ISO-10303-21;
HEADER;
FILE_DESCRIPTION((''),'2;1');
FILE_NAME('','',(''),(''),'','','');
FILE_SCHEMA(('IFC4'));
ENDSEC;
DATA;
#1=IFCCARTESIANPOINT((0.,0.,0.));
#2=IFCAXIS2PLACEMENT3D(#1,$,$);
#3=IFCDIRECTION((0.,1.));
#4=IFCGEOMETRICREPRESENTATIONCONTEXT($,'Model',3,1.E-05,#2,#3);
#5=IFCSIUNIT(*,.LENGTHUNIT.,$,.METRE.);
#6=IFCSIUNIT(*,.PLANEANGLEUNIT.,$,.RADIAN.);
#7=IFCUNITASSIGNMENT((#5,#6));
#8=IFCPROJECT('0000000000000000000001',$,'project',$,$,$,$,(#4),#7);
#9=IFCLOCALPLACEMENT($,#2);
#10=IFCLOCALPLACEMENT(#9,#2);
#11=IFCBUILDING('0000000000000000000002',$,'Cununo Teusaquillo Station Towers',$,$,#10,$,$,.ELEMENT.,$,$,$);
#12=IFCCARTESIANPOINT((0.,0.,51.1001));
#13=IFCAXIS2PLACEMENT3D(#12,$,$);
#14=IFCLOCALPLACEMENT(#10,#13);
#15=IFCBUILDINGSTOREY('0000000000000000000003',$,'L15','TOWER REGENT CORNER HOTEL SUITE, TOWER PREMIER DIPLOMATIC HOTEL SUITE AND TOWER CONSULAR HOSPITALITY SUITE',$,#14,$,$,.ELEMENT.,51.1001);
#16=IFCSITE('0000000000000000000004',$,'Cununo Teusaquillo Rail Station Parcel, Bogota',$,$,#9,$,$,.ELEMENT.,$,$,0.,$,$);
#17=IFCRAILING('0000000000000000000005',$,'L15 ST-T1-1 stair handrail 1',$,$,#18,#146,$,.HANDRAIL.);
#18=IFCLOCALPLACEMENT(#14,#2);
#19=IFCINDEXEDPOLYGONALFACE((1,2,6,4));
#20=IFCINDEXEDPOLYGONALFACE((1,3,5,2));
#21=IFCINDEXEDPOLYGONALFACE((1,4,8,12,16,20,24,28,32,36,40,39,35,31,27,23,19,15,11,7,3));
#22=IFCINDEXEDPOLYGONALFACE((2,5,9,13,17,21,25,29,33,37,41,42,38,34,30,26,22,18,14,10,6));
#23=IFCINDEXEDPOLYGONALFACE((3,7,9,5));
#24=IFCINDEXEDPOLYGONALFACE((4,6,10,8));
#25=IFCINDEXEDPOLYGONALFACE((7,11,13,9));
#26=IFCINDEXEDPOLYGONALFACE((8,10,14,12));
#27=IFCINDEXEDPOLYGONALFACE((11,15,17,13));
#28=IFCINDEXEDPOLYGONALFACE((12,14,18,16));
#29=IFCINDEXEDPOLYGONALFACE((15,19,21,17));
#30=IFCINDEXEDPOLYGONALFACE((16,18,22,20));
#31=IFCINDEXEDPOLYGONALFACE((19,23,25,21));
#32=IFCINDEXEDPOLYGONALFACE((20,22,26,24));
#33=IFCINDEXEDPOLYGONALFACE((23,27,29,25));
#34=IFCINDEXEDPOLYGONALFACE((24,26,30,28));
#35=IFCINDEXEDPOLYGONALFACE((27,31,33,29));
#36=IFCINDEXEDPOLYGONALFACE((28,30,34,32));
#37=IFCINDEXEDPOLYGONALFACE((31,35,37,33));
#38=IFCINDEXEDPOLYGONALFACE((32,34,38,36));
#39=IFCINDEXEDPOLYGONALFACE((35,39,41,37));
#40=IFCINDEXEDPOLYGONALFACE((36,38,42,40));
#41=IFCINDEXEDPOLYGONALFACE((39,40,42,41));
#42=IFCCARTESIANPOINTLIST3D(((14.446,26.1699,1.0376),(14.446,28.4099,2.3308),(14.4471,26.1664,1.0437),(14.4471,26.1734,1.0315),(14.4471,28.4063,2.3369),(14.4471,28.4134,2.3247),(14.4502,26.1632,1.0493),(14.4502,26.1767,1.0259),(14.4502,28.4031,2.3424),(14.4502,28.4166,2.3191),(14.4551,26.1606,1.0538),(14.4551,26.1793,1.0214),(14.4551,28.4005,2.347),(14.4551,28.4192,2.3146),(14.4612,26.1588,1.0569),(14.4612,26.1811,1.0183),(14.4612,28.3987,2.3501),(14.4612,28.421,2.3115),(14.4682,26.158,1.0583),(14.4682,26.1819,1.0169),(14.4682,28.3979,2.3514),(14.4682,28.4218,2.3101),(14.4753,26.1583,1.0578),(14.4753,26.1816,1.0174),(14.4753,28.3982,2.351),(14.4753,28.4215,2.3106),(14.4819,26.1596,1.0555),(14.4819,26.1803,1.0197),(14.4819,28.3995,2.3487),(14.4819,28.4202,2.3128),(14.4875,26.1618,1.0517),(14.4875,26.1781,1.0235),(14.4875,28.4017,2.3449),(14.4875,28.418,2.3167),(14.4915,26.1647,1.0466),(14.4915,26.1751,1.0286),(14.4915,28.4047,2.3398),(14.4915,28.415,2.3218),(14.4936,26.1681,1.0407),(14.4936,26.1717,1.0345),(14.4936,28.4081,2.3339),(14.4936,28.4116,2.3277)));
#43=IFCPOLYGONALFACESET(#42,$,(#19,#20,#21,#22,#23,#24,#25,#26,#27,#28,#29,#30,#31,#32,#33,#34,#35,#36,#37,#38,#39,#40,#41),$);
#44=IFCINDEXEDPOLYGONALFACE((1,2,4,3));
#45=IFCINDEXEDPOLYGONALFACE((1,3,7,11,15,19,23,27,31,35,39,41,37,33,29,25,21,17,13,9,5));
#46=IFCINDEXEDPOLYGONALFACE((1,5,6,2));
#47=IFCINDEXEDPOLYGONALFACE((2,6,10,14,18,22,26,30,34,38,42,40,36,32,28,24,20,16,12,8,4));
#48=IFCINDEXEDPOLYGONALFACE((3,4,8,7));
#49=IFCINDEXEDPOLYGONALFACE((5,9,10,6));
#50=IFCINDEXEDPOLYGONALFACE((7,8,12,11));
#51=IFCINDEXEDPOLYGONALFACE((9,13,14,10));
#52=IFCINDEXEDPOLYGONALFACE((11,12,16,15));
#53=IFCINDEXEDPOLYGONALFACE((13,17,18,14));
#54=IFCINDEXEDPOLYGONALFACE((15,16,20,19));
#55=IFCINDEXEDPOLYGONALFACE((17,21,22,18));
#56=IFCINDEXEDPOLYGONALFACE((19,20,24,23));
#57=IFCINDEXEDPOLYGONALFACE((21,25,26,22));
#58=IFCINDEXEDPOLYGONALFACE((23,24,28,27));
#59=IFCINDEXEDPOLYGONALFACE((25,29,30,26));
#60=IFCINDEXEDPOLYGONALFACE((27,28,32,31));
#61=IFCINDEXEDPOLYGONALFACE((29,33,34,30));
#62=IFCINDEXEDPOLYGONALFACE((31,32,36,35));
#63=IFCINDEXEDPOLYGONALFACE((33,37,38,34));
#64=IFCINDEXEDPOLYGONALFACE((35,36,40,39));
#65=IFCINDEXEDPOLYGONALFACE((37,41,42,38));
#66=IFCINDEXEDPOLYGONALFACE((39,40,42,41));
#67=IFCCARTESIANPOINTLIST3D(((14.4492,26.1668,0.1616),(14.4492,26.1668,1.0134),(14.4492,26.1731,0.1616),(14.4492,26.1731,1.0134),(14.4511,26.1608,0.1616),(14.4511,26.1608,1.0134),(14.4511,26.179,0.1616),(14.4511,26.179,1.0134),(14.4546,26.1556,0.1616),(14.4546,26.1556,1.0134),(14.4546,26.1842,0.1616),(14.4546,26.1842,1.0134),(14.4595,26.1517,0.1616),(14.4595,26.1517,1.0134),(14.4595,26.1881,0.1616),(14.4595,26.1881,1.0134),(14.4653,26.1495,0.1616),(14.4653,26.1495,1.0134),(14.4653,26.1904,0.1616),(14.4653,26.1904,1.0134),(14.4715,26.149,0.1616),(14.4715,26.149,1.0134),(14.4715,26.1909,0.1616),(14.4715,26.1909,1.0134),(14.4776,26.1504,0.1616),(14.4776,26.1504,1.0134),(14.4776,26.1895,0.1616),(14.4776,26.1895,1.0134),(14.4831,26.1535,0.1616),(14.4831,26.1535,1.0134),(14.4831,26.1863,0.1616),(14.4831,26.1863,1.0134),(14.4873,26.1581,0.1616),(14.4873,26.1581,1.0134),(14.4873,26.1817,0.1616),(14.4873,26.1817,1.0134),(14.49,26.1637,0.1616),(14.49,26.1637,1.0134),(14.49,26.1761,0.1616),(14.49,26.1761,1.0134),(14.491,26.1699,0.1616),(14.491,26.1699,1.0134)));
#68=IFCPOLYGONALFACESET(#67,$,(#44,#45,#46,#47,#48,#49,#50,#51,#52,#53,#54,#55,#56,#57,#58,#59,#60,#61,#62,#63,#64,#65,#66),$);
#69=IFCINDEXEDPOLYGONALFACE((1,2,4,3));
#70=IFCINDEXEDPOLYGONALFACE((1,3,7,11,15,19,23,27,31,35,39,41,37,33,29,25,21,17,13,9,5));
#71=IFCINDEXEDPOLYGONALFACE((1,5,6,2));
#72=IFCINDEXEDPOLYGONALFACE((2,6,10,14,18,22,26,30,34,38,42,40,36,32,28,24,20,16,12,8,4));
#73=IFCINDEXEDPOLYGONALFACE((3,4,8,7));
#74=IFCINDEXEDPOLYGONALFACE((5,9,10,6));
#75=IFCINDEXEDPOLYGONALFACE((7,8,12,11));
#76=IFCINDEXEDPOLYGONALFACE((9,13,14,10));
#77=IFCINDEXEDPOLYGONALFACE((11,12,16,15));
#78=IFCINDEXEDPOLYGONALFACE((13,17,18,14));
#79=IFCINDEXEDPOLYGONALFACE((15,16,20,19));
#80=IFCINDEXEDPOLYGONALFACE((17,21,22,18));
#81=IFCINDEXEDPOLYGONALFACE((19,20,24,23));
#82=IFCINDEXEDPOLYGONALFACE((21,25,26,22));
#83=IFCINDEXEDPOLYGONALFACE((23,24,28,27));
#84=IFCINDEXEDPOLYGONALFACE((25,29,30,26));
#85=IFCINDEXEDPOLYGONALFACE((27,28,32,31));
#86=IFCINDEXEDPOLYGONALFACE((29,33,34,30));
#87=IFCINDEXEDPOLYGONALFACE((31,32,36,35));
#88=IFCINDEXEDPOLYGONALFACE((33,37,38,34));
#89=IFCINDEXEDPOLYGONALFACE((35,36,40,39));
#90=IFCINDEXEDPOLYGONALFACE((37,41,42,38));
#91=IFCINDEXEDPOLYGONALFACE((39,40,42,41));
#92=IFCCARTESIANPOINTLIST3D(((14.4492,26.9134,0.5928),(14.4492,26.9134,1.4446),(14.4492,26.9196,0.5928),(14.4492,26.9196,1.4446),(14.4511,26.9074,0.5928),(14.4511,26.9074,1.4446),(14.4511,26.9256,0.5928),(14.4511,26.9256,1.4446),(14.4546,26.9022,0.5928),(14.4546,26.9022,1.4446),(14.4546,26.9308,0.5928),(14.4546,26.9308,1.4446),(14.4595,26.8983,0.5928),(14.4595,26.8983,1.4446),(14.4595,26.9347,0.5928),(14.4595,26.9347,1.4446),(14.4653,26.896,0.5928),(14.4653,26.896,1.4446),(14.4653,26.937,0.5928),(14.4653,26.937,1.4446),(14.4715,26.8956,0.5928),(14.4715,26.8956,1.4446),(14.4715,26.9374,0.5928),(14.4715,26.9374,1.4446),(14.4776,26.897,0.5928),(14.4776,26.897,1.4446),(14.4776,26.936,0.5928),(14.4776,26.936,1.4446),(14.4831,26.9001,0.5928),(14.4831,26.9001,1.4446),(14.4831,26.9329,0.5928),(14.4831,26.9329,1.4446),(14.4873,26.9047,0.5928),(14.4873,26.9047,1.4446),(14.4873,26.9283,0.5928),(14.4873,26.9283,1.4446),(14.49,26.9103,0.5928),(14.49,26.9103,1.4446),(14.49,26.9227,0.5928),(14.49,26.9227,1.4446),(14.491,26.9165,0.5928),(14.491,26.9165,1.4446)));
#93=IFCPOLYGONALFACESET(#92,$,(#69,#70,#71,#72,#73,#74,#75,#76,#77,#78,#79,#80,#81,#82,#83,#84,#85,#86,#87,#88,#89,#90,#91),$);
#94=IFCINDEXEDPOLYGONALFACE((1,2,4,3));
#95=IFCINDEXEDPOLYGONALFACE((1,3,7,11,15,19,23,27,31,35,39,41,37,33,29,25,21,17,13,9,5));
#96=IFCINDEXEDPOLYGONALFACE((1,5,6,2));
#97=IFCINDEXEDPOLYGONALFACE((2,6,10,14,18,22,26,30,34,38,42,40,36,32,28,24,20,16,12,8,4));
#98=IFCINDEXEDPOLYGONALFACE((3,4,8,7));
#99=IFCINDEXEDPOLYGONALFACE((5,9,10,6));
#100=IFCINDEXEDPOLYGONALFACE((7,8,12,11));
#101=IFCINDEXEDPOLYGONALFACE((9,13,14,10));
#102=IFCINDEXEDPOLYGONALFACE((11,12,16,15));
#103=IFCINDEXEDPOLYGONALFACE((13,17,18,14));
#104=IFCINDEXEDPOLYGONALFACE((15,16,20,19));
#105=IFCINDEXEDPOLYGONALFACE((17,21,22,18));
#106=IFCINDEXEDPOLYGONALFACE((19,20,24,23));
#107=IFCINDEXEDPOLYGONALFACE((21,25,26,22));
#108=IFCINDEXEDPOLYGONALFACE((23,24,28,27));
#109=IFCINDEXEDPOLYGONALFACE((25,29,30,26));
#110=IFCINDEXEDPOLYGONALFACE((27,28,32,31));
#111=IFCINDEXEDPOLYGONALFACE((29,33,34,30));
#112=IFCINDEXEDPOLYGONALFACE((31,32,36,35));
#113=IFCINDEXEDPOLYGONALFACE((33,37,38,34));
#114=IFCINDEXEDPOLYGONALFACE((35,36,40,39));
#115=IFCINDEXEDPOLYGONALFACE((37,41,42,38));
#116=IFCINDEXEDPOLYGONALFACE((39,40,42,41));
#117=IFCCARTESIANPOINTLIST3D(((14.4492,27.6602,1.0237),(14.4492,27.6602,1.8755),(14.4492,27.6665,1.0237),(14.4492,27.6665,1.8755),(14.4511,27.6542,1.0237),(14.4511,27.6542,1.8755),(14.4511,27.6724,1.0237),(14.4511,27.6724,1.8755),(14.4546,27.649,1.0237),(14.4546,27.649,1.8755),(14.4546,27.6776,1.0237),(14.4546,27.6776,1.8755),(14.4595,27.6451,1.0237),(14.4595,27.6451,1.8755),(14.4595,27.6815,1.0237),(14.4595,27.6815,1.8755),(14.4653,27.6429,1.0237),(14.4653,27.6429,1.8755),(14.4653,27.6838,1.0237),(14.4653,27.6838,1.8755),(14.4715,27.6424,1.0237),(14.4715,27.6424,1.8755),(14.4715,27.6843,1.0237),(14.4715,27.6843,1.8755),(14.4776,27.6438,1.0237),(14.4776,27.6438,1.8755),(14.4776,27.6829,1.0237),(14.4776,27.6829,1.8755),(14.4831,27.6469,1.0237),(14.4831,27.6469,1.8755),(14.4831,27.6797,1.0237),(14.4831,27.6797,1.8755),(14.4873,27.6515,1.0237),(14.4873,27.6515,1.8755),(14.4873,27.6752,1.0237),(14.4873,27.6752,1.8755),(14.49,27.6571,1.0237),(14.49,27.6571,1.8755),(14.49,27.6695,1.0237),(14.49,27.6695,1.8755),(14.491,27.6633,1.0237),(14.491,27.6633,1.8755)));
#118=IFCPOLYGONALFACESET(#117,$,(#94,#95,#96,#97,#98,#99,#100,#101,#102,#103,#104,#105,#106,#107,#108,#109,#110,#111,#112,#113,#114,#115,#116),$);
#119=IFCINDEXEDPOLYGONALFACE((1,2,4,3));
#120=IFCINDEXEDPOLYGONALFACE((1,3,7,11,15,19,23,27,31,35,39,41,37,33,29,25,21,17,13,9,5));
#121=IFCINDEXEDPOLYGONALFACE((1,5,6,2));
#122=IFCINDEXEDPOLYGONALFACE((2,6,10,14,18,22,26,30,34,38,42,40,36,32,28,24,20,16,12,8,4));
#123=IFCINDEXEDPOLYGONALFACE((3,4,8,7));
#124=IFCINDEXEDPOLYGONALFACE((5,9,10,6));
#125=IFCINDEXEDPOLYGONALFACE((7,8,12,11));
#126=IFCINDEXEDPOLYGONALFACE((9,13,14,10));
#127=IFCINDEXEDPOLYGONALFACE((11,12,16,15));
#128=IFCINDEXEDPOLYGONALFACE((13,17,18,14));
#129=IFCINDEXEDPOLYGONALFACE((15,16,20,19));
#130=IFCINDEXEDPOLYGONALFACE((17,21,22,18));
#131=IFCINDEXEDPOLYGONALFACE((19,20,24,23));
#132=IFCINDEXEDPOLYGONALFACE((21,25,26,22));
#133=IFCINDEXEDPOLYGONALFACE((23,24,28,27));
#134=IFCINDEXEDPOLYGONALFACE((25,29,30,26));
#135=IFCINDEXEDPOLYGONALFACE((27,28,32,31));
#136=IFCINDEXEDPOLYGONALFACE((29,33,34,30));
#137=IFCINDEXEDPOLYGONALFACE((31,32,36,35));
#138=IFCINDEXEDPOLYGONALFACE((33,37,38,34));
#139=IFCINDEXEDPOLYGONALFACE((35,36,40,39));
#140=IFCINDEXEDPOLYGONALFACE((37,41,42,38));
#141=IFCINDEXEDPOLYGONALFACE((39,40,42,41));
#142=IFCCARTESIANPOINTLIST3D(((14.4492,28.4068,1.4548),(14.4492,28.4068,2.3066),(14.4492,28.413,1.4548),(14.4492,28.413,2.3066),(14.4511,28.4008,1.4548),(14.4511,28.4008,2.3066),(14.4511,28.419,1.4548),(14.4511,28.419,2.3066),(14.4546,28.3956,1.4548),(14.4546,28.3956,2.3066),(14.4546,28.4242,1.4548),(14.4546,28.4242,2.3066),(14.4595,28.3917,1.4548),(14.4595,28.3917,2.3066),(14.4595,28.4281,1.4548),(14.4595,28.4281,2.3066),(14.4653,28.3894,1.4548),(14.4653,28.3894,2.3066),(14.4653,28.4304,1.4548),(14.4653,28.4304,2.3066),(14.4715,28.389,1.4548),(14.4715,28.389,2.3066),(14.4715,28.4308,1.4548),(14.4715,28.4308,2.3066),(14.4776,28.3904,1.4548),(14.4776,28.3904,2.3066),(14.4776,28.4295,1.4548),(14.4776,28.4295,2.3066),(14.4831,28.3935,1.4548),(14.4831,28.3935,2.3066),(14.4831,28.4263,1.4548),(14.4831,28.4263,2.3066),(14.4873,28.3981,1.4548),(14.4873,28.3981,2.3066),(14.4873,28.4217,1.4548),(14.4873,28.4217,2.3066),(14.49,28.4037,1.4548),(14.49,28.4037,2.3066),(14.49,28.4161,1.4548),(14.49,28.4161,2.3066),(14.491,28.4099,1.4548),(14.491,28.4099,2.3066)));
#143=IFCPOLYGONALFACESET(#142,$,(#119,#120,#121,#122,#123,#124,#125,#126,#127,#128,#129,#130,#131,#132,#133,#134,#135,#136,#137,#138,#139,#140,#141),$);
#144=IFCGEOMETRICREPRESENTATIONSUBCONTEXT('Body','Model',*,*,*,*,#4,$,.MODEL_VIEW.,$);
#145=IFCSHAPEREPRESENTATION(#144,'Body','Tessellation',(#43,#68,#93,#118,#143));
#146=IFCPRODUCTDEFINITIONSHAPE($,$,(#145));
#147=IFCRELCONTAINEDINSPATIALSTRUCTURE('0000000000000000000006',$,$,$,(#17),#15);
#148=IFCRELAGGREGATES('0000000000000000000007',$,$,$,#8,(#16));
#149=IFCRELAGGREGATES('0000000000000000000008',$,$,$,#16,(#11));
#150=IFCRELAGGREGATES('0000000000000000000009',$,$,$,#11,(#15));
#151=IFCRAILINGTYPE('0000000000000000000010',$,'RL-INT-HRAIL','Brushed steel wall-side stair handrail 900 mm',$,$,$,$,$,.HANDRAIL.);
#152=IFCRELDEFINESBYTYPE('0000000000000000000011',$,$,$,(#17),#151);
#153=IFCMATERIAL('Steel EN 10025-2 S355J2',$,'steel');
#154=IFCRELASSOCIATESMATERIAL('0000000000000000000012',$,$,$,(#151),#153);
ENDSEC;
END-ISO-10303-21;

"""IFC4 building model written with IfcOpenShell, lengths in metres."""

from ifc_helpers import new_model, si_unit, direction, frame, origin, origin_2d, place, context, subcontext, project, spatial, circle, extrude, material, type_object, element, save


model = new_model("IFC4")

# Units and contexts
model_context = context("Model", 3, precision=1e-05, world=origin(), true_north=direction((0.0, 1.0)))
body_context = subcontext(model_context, "Body", "Model", "MODEL_VIEW")
ifc_project = project(units=[si_unit("LENGTHUNIT", "METRE"), si_unit("PLANEANGLEUNIT", "RADIAN")], contexts=[model_context])

# Site, building, storey
site_placement = place(None, origin())
site = spatial("IfcSite", under=ifc_project, at=site_placement, Name="Cununo Teusaquillo Rail Station Parcel, Bogota", CompositionType="ELEMENT", RefElevation=0.0)
building_placement = place(site_placement, origin())
building = spatial("IfcBuilding", under=site, at=building_placement, Name="Cununo Teusaquillo Station Towers", CompositionType="ELEMENT")
storey_placement = place(building_placement, frame((0.0, 0.0, 51.1001)))
storey = spatial("IfcBuildingStorey", under=building, at=storey_placement, Name="L15", Description="TOWER REGENT CORNER HOTEL SUITE, TOWER PREMIER DIPLOMATIC HOTEL SUITE AND TOWER CONSULAR HOSPITALITY SUITE", CompositionType="ELEMENT", Elevation=51.1001)

# Railing
ifc_material_1 = material(Name="Steel EN 10025-2 S355J2", Category="steel")
railing_type_1 = type_object("IfcRailingType", Name="RL-INT-HRAIL", Description="Brushed steel wall-side stair handrail 900 mm", PredefinedType="HANDRAIL", material=ifc_material_1)
railing_1_placement = place(storey_placement, frame((14.47, 26.1699, 0.1616)))
element("IfcRailing", 1, at=railing_1_placement, inside=storey, type_object=railing_type_1, Name="L15 ST-T1-1 stair handrail 1", PredefinedType="HANDRAIL", context=body_context, shape_type="SweptSolid", body=[
    extrude(circle(Radius=0.0239, at=origin_2d()), frame((0.0, 0.0, 0.876), z_axis=(0.0, 0.866033, 0.499987), x_axis=(-1.0, 0.0, 0.0)), (0.0, 0.0, 1.0), 2.5864),
    extrude(circle(Radius=0.021, at=origin_2d()), origin(), (0.0, 0.0, 1.0), 0.8518),
    extrude(circle(Radius=0.021, at=origin_2d()), frame((0.0, 0.7466, 0.4312)), (0.0, 0.0, 1.0), 0.8518),
    extrude(circle(Radius=0.021, at=origin_2d()), frame((0.0, 1.4934, 0.8621)), (0.0, 0.0, 1.0), 0.8518),
    extrude(circle(Radius=0.021, at=origin_2d()), frame((0.0, 2.24, 1.2932)), (0.0, 0.0, 1.0), 0.8518),
])

save(model, "model.ifc")
